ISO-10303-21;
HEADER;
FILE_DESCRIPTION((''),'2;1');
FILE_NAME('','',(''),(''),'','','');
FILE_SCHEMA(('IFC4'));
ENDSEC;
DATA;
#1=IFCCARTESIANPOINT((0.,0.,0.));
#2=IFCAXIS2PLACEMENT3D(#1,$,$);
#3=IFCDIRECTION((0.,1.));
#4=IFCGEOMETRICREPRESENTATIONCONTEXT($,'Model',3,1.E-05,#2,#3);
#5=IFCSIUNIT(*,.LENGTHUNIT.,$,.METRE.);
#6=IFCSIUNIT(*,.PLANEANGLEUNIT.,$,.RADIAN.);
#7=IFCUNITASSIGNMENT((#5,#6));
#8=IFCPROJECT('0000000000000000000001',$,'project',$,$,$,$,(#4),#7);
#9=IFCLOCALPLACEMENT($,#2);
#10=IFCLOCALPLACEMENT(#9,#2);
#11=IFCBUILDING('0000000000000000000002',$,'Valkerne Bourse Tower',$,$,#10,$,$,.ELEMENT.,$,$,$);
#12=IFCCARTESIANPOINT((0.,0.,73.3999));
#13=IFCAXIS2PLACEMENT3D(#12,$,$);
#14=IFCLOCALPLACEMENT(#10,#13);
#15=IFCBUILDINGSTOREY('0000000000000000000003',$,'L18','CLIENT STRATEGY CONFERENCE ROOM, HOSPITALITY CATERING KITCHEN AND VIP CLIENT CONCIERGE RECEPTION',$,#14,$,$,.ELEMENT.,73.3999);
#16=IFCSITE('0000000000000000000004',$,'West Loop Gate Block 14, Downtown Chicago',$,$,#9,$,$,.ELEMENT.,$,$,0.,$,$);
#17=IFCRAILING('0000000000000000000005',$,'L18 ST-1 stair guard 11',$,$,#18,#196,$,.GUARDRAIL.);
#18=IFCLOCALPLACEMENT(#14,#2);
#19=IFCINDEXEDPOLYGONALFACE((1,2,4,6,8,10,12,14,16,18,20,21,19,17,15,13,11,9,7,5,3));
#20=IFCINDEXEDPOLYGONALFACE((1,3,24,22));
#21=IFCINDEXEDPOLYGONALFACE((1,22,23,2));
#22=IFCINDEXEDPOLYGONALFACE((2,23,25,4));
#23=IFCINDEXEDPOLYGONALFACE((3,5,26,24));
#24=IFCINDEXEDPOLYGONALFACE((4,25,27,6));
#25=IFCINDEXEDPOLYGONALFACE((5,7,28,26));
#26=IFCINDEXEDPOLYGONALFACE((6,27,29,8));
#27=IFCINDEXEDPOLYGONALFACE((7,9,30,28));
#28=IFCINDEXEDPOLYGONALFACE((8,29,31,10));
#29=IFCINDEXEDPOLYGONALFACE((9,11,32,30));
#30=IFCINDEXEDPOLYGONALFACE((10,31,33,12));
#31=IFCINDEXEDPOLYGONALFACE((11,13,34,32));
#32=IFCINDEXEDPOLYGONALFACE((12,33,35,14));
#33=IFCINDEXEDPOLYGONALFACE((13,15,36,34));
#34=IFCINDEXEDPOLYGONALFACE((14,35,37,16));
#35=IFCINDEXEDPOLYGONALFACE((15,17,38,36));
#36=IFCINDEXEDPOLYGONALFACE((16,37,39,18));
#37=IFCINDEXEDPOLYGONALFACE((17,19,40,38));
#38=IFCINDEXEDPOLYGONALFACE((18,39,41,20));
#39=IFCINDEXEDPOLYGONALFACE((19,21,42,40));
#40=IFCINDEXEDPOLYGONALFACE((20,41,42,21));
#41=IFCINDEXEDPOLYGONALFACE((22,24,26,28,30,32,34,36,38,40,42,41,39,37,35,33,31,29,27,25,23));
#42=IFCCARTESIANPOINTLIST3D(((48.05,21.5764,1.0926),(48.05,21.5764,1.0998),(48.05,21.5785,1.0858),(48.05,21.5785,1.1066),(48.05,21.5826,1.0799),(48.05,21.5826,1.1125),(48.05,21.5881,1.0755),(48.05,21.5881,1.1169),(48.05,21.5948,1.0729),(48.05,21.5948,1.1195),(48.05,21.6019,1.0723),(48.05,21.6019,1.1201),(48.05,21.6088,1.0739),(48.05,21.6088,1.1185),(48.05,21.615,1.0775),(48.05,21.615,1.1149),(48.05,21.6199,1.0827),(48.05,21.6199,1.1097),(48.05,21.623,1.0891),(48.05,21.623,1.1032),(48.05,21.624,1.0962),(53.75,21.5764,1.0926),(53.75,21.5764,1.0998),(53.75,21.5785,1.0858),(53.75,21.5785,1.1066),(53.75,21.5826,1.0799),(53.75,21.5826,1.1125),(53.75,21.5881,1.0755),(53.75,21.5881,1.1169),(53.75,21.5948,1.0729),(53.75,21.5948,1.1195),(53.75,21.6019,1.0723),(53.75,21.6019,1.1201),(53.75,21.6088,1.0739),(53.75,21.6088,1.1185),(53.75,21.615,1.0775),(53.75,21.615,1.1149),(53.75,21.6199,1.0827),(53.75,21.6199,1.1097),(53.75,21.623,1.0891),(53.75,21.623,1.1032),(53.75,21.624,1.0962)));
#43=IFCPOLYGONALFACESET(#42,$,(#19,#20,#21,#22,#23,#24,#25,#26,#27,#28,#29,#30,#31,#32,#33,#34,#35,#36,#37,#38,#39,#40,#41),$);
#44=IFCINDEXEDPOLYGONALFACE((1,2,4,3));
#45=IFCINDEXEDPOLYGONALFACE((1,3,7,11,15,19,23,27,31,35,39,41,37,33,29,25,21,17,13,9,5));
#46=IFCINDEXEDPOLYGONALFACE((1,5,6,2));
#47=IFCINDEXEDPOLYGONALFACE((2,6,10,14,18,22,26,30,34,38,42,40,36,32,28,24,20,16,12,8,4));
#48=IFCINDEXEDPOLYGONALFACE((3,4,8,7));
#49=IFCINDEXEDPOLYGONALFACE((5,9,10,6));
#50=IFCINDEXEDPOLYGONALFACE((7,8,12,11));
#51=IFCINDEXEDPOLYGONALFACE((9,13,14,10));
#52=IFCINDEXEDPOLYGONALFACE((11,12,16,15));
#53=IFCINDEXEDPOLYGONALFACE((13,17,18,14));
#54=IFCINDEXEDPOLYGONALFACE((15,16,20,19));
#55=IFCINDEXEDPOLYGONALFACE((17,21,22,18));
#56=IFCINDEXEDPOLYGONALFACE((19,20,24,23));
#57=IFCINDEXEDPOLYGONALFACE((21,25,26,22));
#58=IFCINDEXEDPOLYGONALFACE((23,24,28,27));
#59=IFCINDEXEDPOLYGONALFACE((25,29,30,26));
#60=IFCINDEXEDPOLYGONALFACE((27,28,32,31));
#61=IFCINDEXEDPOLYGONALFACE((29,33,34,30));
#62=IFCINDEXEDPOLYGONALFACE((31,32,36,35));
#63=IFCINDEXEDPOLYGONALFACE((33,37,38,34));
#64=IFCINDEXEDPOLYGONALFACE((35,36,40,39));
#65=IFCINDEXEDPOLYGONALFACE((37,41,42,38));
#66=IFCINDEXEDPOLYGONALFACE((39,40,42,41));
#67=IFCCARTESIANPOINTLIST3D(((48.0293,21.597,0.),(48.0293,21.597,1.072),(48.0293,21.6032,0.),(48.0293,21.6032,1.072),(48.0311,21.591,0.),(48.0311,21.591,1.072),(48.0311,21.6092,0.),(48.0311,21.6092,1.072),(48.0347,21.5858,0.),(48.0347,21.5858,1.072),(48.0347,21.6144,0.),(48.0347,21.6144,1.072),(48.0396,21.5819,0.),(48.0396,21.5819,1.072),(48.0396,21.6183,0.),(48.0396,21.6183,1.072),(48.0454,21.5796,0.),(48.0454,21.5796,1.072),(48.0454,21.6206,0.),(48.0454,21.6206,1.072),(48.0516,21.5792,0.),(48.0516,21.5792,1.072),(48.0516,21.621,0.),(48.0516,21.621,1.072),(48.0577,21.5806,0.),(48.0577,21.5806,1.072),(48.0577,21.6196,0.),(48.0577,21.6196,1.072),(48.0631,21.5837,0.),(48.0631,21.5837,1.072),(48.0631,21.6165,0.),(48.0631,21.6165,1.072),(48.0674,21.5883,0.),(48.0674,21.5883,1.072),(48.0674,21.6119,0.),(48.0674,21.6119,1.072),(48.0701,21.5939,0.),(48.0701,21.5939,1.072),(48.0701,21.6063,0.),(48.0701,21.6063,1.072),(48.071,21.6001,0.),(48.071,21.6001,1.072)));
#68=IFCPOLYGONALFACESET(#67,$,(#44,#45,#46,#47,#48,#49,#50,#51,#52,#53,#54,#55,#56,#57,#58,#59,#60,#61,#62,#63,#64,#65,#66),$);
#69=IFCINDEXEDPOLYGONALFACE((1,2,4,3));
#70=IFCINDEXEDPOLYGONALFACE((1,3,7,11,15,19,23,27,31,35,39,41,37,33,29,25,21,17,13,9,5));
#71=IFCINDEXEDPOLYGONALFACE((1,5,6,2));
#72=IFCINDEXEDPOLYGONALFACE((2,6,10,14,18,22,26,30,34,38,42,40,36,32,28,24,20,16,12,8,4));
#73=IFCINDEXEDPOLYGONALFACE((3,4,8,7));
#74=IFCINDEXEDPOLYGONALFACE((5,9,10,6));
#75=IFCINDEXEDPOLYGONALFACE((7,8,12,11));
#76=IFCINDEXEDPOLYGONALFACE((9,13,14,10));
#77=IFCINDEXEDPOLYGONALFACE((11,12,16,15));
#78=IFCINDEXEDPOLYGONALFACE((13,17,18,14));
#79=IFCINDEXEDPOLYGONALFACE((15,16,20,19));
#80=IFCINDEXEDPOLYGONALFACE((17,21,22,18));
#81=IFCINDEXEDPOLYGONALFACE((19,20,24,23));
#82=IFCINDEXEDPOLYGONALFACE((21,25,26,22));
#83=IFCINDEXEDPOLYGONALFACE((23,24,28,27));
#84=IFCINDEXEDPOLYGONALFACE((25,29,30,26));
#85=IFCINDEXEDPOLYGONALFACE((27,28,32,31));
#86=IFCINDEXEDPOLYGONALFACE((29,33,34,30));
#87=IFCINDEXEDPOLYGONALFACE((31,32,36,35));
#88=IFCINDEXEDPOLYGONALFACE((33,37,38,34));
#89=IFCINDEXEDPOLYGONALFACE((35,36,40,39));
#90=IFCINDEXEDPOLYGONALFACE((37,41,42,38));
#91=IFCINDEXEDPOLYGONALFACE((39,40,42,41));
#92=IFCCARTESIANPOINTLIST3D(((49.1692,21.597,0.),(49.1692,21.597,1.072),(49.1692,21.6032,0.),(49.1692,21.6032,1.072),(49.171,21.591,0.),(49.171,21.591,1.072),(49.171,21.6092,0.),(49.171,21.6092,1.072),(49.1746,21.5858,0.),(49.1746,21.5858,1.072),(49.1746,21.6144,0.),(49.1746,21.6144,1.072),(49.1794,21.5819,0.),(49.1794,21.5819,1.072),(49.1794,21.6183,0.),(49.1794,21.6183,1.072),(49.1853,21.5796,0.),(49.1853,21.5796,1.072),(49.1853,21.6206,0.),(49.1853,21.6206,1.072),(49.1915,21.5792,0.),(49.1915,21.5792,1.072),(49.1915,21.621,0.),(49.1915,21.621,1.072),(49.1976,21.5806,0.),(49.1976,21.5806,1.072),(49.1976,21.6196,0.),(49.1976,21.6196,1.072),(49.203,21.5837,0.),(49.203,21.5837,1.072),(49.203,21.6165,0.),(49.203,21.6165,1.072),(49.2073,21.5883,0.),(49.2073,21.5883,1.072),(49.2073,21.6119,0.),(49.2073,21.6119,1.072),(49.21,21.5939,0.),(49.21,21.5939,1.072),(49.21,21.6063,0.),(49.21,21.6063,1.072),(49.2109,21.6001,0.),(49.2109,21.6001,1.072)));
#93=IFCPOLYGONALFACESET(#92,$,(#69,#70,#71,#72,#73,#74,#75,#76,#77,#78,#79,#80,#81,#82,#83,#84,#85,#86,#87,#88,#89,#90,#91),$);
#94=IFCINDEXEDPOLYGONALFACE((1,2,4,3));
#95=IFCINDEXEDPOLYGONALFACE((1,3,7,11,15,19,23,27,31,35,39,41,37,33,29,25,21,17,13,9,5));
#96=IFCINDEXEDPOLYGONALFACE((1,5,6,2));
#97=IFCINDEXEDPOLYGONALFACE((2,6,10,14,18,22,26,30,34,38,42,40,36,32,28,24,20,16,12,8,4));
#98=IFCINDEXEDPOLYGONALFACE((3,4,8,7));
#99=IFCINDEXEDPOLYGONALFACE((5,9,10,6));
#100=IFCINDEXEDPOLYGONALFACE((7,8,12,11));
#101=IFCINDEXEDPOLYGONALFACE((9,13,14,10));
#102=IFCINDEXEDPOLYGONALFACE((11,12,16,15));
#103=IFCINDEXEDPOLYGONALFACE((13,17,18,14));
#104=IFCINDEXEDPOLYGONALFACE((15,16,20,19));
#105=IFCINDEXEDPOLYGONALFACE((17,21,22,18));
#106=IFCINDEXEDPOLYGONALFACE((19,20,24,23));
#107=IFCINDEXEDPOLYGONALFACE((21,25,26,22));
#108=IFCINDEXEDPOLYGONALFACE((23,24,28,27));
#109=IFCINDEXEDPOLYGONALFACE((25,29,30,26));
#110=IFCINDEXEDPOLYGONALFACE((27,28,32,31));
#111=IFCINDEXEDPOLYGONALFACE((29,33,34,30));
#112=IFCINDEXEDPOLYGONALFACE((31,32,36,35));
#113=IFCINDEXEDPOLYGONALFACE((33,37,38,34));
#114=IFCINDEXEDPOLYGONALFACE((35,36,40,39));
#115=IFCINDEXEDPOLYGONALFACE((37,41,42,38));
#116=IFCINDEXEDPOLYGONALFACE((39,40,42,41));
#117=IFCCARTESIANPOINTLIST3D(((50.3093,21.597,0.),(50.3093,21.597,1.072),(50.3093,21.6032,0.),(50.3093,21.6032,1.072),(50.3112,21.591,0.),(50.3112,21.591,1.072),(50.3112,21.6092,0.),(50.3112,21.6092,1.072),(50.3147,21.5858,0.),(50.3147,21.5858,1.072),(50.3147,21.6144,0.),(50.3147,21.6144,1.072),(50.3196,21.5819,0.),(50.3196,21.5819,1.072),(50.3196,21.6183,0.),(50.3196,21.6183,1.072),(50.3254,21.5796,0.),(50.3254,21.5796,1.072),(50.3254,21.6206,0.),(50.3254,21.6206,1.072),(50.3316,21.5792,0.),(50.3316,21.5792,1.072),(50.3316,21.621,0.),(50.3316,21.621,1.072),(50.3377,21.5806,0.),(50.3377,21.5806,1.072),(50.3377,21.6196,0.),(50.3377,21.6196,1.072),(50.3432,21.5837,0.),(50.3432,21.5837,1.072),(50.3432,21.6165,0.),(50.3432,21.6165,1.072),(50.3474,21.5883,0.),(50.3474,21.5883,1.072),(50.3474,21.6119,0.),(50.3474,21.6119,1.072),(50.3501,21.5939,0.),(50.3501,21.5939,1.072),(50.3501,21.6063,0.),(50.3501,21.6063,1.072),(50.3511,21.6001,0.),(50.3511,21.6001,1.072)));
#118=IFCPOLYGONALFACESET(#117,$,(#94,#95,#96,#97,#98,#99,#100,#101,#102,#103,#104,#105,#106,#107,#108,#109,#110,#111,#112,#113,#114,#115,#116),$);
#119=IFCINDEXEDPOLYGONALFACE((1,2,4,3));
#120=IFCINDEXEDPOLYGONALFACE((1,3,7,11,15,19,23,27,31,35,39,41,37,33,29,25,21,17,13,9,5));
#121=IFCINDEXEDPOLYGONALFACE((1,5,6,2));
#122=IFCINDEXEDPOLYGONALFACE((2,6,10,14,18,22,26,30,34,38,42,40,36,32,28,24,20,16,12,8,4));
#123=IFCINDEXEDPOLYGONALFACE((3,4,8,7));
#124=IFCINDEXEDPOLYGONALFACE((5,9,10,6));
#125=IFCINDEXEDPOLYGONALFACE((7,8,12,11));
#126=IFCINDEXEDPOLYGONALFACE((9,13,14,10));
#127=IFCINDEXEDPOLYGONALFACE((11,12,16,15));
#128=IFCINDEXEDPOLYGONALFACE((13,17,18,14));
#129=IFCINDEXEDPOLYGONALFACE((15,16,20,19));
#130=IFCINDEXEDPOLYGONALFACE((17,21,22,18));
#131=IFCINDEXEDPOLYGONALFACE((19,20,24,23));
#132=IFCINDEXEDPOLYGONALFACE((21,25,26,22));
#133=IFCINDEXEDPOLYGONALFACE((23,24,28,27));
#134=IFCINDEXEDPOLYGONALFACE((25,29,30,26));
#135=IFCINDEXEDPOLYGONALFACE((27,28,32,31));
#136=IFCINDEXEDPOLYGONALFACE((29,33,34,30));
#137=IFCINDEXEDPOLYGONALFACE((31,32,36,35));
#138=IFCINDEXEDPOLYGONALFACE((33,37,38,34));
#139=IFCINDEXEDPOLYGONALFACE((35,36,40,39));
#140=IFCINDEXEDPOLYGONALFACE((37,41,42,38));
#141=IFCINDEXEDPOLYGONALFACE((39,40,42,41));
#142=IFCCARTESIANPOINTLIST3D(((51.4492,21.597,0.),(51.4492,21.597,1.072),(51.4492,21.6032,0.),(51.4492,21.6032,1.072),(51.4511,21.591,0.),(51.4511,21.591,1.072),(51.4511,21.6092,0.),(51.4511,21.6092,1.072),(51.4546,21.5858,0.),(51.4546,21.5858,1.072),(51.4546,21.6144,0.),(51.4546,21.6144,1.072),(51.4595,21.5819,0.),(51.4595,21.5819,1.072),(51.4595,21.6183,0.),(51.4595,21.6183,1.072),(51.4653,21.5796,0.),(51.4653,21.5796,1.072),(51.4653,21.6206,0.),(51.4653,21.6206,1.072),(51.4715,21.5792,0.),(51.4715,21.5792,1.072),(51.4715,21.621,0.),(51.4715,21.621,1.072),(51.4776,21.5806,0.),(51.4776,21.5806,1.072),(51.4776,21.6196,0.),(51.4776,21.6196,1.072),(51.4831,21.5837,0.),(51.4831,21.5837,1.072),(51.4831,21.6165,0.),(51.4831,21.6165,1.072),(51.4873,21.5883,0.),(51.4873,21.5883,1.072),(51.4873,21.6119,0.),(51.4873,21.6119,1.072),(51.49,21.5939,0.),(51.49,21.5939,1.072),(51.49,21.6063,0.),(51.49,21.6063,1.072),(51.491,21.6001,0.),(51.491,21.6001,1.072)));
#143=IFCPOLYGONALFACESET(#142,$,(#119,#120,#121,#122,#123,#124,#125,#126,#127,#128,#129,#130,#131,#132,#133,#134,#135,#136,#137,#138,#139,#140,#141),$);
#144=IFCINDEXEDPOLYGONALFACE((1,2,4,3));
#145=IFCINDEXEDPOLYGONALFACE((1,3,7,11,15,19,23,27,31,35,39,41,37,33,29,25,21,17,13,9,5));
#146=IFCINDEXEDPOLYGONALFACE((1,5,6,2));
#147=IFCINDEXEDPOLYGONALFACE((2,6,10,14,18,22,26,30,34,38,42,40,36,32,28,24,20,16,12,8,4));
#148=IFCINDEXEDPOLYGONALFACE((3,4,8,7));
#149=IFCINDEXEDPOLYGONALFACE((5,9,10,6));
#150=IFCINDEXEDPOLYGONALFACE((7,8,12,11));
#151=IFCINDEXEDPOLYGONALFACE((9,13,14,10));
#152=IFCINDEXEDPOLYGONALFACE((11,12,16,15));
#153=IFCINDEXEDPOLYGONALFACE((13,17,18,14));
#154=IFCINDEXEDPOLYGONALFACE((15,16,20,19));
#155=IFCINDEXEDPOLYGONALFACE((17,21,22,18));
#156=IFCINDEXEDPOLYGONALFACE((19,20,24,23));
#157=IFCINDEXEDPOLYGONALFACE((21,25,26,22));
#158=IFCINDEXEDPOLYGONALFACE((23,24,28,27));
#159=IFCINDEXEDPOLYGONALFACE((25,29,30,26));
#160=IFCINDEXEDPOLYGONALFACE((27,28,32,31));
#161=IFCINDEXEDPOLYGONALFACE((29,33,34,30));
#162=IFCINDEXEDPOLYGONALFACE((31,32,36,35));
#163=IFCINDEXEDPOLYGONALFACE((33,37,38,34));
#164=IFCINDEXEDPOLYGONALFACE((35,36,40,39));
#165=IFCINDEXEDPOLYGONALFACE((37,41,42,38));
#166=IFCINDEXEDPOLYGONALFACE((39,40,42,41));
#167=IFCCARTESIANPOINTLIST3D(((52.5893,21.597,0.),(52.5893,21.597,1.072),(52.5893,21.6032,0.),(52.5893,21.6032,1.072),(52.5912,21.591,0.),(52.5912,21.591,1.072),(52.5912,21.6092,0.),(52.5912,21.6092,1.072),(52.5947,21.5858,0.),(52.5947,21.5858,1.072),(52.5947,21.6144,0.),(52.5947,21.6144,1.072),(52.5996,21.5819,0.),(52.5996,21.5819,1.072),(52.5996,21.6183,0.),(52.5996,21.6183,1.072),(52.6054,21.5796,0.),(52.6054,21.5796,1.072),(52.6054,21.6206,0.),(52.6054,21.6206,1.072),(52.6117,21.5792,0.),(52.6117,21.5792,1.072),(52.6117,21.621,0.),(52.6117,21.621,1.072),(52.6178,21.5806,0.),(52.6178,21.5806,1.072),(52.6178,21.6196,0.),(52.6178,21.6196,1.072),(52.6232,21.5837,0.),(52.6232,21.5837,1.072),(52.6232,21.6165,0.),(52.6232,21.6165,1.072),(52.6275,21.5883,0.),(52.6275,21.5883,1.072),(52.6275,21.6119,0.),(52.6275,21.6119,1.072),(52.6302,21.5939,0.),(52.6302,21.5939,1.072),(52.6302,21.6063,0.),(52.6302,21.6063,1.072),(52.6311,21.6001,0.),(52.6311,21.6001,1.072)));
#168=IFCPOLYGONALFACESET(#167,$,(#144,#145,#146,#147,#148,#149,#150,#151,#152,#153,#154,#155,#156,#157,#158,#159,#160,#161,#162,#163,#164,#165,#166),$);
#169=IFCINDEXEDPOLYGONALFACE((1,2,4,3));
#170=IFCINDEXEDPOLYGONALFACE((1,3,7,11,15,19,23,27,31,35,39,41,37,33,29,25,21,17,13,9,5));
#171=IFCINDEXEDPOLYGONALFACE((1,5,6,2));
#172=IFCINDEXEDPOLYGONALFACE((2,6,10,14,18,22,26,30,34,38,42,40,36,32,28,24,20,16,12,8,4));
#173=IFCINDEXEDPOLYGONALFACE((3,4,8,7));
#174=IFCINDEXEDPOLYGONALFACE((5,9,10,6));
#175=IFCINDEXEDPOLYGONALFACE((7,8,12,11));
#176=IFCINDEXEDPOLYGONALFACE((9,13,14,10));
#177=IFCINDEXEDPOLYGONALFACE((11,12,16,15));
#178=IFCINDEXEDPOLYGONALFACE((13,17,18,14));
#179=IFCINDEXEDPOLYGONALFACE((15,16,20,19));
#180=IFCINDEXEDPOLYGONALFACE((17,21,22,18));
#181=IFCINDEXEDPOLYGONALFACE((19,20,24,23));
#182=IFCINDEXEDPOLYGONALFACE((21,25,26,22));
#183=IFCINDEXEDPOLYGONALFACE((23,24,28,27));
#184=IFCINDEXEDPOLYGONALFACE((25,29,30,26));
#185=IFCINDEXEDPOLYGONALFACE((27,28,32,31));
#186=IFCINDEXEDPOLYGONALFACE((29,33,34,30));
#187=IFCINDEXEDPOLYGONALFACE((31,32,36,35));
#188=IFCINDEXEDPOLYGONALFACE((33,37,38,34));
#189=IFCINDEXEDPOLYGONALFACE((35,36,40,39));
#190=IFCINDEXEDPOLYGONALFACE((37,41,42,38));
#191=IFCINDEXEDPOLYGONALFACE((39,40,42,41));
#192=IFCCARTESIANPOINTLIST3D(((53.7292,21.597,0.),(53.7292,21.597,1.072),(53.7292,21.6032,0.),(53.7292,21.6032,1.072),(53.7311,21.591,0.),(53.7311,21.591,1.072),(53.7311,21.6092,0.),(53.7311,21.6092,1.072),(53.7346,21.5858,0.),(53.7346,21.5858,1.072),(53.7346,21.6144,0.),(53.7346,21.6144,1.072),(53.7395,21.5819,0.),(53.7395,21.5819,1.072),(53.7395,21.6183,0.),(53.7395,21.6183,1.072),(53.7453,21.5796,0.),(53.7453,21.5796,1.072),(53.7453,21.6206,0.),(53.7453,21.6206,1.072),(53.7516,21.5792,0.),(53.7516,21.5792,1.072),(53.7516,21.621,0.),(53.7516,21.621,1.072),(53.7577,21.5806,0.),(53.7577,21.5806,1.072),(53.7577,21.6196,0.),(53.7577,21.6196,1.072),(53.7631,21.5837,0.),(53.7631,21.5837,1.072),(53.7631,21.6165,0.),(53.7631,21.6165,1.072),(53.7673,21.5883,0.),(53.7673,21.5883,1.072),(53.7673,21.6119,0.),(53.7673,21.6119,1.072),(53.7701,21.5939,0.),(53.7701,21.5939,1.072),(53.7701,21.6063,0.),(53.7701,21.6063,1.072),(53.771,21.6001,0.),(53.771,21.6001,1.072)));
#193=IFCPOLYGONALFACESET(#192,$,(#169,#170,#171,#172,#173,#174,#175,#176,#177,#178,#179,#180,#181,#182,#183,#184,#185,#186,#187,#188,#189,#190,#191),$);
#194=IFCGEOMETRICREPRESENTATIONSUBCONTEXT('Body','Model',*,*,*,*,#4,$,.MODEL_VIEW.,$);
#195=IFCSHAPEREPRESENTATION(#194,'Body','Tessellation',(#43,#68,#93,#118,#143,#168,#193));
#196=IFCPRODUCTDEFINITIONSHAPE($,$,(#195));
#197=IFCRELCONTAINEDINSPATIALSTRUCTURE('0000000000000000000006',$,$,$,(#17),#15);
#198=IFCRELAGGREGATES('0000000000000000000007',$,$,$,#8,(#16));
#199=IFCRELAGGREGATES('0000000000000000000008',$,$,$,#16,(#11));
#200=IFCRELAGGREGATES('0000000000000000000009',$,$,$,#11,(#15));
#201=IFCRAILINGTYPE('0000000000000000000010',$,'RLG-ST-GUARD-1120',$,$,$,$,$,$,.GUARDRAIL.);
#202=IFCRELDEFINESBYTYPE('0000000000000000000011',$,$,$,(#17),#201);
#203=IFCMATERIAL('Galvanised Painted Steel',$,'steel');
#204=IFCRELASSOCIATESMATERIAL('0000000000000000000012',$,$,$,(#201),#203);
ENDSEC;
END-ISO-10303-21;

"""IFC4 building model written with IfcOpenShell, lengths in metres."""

from ifc_helpers import new_model, si_unit, direction, frame, origin, origin_2d, place, context, subcontext, project, spatial, circle, extrude, material, type_object, element, save


model = new_model("IFC4")

# Units and contexts
model_context = context("Model", 3, precision=1e-05, world=origin(), true_north=direction((0.0, 1.0)))
body_context = subcontext(model_context, "Body", "Model", "MODEL_VIEW")
ifc_project = project(units=[si_unit("LENGTHUNIT", "METRE"), si_unit("PLANEANGLEUNIT", "RADIAN")], contexts=[model_context])

# Site, building, storey
site_placement = place(None, origin())
site = spatial("IfcSite", under=ifc_project, at=site_placement, Name="West Loop Gate Block 14, Downtown Chicago", CompositionType="ELEMENT", RefElevation=0.0)
building_placement = place(site_placement, origin())
building = spatial("IfcBuilding", under=site, at=building_placement, Name="Valkerne Bourse Tower", CompositionType="ELEMENT")
storey_placement = place(building_placement, frame((0.0, 0.0, 73.3999)))
storey = spatial("IfcBuildingStorey", under=building, at=storey_placement, Name="L18", Description="CLIENT STRATEGY CONFERENCE ROOM, HOSPITALITY CATERING KITCHEN AND VIP CLIENT CONCIERGE RECEPTION", CompositionType="ELEMENT", Elevation=73.3999)

# Shared definitions
ifc_material_1 = material(Name="Galvanised Painted Steel", Category="steel")

# Railing
railing_type_1 = type_object("IfcRailingType", Name="RLG-ST-GUARD-1120", PredefinedType="GUARDRAIL", material=ifc_material_1)
railing_1_placement = place(storey_placement, frame((48.05, 21.6001, 0.0)))
element("IfcRailing", 1, at=railing_1_placement, inside=storey, type_object=railing_type_1, Name="L18 ST-1 stair guard 11", PredefinedType="GUARDRAIL", context=body_context, shape_type="SweptSolid", body=[
    extrude(circle(Radius=0.0239, at=origin_2d()), frame((0.0, 0.0, 1.0962), z_axis=(1.0, 0.0, 0.0), x_axis=(0.0, 1.0, 0.0)), (0.0, 0.0, 1.0), 5.7),
    extrude(circle(Radius=0.021, at=origin_2d()), origin(), (0.0, 0.0, 1.0), 1.072),
    extrude(circle(Radius=0.021, at=origin_2d()), frame((1.1399, 0.0, 0.0)), (0.0, 0.0, 1.0), 1.072),
    extrude(circle(Radius=0.021, at=origin_2d()), frame((2.28, 0.0, 0.0)), (0.0, 0.0, 1.0), 1.072),
    extrude(circle(Radius=0.021, at=origin_2d()), frame((3.4199, 0.0, 0.0)), (0.0, 0.0, 1.0), 1.072),
    extrude(circle(Radius=0.021, at=origin_2d()), frame((4.5601, 0.0, 0.0)), (0.0, 0.0, 1.0), 1.072),
    extrude(circle(Radius=0.021, at=origin_2d()), frame((5.7, 0.0, 0.0)), (0.0, 0.0, 1.0), 1.072),
])

save(model, "model.ifc")
